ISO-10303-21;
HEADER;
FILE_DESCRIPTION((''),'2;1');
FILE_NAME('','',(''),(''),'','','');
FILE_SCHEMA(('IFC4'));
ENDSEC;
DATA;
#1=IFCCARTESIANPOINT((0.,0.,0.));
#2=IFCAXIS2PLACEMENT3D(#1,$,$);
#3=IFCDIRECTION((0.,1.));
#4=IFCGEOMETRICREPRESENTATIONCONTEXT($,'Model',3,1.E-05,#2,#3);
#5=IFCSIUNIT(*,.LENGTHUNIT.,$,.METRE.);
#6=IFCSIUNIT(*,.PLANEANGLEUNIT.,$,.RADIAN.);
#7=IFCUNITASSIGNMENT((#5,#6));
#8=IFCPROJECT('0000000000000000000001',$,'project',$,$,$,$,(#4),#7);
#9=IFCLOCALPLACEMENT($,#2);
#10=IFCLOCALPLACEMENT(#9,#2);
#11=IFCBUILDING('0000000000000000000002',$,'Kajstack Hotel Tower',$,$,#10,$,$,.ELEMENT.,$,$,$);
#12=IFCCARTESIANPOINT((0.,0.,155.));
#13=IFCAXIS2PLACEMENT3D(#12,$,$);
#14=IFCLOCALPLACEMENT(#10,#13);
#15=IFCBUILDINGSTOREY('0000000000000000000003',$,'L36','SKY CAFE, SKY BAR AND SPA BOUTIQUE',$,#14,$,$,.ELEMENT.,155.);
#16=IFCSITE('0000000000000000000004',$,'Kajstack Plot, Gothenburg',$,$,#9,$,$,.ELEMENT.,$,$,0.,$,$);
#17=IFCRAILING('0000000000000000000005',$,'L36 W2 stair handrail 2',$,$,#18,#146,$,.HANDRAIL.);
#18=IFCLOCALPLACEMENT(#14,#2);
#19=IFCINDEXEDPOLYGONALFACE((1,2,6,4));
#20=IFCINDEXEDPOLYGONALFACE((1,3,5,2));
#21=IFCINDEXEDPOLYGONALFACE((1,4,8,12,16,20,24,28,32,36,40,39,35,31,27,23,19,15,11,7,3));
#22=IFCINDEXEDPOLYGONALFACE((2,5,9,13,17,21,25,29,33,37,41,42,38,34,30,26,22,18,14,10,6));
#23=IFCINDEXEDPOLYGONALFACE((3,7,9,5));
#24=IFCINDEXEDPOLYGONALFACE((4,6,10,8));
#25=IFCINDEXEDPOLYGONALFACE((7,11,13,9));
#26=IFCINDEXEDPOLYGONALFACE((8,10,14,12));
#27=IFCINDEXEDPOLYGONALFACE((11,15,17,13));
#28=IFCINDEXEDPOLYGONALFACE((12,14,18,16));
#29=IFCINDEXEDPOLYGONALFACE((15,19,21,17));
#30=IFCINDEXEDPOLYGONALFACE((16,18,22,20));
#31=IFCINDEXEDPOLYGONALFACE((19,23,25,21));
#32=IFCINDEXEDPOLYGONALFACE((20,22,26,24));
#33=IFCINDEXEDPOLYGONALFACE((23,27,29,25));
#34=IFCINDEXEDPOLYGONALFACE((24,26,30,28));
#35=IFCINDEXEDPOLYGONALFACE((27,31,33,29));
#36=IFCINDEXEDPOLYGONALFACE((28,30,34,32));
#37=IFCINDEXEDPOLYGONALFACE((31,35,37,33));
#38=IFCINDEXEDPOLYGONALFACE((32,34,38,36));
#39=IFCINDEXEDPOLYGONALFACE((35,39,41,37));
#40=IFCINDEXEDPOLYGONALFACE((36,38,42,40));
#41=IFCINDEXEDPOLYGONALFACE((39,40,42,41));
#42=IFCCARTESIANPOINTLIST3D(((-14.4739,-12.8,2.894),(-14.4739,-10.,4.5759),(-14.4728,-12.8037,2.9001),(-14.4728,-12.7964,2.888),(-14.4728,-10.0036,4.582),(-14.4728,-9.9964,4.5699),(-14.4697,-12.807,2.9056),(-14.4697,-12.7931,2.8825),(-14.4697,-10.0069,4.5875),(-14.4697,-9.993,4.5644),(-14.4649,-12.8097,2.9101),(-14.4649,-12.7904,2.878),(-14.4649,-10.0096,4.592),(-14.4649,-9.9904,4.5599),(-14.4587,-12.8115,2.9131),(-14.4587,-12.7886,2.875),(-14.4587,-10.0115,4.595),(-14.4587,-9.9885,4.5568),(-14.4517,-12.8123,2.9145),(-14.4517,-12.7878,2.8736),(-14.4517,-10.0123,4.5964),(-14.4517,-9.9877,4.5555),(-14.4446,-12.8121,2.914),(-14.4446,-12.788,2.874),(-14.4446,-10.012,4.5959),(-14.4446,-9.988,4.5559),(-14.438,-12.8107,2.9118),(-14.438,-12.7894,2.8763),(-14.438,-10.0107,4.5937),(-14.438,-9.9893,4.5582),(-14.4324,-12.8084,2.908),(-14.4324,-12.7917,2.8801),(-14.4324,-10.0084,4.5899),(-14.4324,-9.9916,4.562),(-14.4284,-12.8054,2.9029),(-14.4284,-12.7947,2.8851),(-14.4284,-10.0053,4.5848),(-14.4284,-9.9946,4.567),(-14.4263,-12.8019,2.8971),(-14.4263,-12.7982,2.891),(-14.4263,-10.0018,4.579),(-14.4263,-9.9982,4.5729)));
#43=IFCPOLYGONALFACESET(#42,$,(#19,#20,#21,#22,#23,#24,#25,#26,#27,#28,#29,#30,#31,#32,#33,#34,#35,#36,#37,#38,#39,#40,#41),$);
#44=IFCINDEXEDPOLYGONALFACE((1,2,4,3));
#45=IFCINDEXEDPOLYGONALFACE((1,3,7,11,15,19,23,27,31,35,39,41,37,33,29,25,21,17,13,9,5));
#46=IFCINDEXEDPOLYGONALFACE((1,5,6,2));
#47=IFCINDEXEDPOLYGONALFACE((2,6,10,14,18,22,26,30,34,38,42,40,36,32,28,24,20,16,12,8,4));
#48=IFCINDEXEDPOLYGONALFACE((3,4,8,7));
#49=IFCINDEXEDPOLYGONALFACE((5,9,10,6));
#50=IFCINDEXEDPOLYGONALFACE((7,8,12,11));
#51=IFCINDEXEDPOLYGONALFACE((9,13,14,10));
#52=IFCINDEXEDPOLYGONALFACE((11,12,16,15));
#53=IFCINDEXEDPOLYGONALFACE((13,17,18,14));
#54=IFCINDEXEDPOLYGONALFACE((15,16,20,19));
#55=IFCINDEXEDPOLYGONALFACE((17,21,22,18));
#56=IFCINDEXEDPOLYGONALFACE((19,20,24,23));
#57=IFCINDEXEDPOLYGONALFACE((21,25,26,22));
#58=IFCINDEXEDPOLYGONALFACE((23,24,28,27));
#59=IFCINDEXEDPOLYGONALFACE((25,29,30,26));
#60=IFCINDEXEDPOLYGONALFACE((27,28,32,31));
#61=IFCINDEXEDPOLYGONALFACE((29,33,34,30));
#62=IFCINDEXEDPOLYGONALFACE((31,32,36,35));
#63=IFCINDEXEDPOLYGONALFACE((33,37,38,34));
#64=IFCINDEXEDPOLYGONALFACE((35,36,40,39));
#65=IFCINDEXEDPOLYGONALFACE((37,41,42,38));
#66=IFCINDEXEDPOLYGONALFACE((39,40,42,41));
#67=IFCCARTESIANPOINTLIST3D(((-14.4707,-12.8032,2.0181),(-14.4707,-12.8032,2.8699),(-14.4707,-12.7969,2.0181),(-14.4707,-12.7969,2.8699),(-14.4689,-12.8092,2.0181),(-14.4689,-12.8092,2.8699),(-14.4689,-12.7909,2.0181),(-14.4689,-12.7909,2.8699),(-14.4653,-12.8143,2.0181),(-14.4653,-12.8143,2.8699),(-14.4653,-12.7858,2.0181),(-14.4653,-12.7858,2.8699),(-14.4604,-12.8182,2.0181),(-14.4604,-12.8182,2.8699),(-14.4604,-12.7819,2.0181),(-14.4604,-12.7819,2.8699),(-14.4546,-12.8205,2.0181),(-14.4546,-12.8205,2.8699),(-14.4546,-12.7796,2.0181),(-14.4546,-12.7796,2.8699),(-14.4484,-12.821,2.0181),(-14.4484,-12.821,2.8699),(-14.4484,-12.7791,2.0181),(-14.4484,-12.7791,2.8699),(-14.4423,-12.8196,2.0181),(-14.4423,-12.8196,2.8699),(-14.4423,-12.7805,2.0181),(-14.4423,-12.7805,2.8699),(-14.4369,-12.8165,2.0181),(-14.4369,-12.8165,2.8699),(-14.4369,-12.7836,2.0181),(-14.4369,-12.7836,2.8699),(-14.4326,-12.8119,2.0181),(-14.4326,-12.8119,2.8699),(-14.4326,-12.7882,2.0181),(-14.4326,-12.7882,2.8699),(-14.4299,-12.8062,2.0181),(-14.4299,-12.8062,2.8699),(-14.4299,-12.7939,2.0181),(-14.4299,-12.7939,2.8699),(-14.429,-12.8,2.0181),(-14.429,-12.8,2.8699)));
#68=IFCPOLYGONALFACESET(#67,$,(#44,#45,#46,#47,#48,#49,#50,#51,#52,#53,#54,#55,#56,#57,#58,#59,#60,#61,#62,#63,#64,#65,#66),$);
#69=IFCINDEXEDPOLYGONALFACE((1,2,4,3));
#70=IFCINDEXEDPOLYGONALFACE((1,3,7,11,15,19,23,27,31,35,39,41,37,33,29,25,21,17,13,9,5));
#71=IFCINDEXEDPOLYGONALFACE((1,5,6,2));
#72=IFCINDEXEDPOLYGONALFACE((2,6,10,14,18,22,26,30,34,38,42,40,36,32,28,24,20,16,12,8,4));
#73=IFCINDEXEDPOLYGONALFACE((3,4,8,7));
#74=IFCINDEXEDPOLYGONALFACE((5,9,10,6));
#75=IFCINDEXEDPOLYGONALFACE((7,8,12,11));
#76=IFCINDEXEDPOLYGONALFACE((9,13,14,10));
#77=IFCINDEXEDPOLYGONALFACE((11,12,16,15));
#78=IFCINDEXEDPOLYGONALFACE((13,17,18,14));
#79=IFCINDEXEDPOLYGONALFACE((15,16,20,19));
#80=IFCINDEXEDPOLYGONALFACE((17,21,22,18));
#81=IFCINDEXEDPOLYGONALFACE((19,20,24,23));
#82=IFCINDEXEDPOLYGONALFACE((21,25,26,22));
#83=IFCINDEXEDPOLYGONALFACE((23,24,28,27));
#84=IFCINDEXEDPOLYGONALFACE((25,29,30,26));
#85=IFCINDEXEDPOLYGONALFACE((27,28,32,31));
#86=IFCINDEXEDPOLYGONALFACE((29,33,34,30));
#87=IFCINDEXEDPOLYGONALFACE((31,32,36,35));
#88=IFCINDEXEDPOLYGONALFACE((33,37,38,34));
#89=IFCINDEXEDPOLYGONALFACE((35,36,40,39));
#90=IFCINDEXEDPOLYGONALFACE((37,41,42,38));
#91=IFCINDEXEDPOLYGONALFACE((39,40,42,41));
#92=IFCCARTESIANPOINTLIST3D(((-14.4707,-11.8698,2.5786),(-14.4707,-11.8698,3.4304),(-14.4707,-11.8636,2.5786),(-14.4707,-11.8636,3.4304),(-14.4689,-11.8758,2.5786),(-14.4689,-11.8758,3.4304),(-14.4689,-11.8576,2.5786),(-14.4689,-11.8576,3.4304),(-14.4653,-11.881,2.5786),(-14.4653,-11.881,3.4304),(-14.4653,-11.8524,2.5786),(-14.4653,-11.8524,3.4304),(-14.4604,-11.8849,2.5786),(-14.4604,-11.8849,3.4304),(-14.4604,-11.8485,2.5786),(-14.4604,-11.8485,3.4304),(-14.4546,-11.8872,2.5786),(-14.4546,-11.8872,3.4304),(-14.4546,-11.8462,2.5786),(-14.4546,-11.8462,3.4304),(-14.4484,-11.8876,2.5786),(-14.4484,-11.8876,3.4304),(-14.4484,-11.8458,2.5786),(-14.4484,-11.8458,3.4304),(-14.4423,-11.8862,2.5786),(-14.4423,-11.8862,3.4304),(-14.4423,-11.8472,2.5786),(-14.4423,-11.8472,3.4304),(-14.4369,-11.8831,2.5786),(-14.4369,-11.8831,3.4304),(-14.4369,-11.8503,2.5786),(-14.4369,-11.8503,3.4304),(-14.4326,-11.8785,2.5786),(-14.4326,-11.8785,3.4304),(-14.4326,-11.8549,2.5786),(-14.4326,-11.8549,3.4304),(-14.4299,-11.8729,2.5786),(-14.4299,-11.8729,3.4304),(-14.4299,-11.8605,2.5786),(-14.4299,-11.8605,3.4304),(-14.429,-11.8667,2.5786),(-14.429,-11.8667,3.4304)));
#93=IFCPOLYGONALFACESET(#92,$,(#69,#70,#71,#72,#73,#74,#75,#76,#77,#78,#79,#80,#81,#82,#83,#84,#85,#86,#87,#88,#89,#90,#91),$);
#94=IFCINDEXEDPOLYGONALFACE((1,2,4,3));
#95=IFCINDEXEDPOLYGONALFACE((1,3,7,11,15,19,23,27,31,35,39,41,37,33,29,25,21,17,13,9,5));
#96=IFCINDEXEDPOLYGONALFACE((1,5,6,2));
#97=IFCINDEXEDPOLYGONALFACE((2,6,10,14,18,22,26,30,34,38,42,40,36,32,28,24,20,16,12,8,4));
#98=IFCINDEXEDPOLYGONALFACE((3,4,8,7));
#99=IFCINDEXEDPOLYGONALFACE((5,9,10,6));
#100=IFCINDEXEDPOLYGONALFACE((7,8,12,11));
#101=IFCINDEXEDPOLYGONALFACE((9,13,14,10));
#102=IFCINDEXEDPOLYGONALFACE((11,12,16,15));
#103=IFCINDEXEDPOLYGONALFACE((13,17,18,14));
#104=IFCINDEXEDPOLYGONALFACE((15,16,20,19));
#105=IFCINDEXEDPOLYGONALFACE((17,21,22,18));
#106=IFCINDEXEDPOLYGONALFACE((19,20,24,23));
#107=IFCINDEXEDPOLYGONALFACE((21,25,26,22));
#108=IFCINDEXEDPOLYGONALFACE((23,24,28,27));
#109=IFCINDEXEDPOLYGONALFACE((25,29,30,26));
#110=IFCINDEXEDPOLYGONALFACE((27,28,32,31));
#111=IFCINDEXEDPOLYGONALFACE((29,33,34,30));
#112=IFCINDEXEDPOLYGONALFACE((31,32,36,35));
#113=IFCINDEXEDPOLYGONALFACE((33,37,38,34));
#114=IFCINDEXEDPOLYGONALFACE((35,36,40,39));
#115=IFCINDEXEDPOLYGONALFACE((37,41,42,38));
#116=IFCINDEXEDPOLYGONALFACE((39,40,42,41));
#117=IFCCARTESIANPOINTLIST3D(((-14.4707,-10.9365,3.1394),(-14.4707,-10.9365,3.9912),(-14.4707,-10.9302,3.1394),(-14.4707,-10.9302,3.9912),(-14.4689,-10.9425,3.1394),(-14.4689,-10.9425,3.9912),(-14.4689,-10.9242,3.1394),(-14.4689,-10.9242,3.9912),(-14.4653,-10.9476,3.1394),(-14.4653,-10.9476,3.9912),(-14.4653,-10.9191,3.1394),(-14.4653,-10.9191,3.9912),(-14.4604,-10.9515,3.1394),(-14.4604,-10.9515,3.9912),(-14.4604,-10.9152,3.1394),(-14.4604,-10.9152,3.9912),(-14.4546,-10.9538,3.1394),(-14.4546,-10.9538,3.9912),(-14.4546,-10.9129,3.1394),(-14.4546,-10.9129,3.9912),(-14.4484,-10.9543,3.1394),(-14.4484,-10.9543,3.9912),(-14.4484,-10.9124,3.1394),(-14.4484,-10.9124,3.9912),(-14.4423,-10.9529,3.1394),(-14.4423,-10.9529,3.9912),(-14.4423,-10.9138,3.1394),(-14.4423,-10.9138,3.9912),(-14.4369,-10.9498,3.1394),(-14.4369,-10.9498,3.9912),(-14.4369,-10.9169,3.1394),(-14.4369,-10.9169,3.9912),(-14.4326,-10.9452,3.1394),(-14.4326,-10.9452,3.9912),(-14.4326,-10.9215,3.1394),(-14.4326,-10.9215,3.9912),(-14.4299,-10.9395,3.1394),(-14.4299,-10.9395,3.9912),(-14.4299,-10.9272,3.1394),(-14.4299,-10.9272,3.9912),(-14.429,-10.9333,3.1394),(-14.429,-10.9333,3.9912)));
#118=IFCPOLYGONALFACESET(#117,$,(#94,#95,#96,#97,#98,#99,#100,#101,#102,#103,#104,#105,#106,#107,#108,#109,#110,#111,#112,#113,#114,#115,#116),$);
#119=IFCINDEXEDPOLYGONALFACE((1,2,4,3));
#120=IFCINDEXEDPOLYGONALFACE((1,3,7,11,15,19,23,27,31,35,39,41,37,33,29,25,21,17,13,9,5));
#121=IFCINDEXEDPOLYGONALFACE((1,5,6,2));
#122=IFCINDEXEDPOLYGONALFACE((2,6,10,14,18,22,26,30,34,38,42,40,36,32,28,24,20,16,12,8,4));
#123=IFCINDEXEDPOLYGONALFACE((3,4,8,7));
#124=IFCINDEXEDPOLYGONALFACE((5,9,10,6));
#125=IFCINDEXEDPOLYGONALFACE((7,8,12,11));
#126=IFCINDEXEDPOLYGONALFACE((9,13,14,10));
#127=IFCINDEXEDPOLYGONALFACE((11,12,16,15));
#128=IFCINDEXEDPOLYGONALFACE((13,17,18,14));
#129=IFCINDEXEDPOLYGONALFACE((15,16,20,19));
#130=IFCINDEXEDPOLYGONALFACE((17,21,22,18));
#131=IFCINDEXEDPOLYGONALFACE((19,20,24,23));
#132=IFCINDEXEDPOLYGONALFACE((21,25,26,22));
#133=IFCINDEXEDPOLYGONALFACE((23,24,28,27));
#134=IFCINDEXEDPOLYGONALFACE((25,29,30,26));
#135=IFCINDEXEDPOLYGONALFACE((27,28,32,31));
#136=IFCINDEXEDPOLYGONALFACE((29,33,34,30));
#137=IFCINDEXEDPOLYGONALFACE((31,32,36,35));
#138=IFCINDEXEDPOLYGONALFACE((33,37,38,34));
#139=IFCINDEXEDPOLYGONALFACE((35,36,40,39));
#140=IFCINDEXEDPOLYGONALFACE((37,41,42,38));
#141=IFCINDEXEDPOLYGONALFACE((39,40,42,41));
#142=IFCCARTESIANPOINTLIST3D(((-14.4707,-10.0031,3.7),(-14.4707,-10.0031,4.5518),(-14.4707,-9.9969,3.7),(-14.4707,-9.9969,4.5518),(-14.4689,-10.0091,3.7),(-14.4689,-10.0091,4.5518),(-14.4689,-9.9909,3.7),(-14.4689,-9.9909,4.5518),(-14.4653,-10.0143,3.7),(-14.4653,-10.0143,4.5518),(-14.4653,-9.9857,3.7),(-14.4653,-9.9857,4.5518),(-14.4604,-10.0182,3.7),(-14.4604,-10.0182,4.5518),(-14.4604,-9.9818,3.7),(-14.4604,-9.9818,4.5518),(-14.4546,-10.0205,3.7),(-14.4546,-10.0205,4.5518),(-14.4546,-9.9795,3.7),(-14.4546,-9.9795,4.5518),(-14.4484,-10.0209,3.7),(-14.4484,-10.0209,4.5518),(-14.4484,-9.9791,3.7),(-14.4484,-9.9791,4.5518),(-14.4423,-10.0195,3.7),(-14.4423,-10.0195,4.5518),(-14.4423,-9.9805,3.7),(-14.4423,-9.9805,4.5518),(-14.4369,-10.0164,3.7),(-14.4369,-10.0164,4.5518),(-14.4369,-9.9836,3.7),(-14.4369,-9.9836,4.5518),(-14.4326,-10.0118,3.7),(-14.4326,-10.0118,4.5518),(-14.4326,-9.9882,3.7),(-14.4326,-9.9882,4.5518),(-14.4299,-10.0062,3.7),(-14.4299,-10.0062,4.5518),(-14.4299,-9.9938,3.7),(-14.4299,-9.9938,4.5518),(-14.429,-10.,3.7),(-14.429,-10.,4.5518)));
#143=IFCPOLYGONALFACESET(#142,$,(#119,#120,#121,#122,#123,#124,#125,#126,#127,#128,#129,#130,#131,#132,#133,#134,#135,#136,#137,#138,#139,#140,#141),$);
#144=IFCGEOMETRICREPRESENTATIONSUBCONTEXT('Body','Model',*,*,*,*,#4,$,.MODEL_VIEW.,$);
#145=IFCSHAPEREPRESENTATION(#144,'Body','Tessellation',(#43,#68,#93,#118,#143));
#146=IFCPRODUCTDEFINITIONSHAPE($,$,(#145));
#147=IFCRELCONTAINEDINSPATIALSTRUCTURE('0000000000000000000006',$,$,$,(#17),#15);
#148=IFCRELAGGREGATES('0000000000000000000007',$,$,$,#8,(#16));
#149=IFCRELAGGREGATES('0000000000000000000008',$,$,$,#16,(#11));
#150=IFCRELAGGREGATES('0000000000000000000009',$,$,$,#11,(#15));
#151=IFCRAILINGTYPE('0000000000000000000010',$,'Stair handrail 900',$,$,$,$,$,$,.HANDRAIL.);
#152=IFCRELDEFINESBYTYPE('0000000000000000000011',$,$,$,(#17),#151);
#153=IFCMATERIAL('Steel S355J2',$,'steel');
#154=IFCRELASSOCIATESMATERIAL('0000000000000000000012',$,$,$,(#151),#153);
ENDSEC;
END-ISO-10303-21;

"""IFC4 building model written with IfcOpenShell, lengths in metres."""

from ifc_helpers import new_model, si_unit, direction, frame, origin, origin_2d, place, context, subcontext, project, spatial, circle, extrude, material, type_object, element, save


model = new_model("IFC4")

# Units and contexts
model_context = context("Model", 3, precision=1e-05, world=origin(), true_north=direction((0.0, 1.0)))
body_context = subcontext(model_context, "Body", "Model", "MODEL_VIEW")
ifc_project = project(units=[si_unit("LENGTHUNIT", "METRE"), si_unit("PLANEANGLEUNIT", "RADIAN")], contexts=[model_context])

# Site, building, storey
site_placement = place(None, origin())
site = spatial("IfcSite", under=ifc_project, at=site_placement, Name="Kajstack Plot, Gothenburg", CompositionType="ELEMENT", RefElevation=0.0)
building_placement = place(site_placement, origin())
building = spatial("IfcBuilding", under=site, at=building_placement, Name="Kajstack Hotel Tower", CompositionType="ELEMENT")
storey_placement = place(building_placement, frame((0.0, 0.0, 155.0)))
storey = spatial("IfcBuildingStorey", under=building, at=storey_placement, Name="L36", Description="SKY CAFE, SKY BAR AND SPA BOUTIQUE", CompositionType="ELEMENT", Elevation=155.0)

# Railing
ifc_material_1 = material(Name="Steel S355J2", Category="steel")
railing_type_1 = type_object("IfcRailingType", Name="Stair handrail 900", PredefinedType="HANDRAIL", material=ifc_material_1)
railing_1_placement = place(storey_placement, frame((-14.45, -12.8, 2.0181)))
element("IfcRailing", 1, at=railing_1_placement, inside=storey, type_object=railing_type_1, Name="L36 W2 stair handrail 2", PredefinedType="HANDRAIL", context=body_context, shape_type="SweptSolid", body=[
    extrude(circle(Radius=0.0239, at=origin_2d()), frame((0.0, 0.0, 0.876), z_axis=(0.0, 0.857242, 0.514913), x_axis=(-1.0, 0.0, 0.0)), (0.0, 0.0, 1.0), 3.2664),
    extrude(circle(Radius=0.021, at=origin_2d()), origin(), (0.0, 0.0, 1.0), 0.8518),
    extrude(circle(Radius=0.021, at=origin_2d()), frame((0.0, 0.9333, 0.5605)), (0.0, 0.0, 1.0), 0.8518),
    extrude(circle(Radius=0.021, at=origin_2d()), frame((0.0, 1.8667, 1.1213)), (0.0, 0.0, 1.0), 0.8518),
    extrude(circle(Radius=0.021, at=origin_2d()), frame((0.0, 2.8, 1.6819)), (0.0, 0.0, 1.0), 0.8518),
])

save(model, "model.ifc")
